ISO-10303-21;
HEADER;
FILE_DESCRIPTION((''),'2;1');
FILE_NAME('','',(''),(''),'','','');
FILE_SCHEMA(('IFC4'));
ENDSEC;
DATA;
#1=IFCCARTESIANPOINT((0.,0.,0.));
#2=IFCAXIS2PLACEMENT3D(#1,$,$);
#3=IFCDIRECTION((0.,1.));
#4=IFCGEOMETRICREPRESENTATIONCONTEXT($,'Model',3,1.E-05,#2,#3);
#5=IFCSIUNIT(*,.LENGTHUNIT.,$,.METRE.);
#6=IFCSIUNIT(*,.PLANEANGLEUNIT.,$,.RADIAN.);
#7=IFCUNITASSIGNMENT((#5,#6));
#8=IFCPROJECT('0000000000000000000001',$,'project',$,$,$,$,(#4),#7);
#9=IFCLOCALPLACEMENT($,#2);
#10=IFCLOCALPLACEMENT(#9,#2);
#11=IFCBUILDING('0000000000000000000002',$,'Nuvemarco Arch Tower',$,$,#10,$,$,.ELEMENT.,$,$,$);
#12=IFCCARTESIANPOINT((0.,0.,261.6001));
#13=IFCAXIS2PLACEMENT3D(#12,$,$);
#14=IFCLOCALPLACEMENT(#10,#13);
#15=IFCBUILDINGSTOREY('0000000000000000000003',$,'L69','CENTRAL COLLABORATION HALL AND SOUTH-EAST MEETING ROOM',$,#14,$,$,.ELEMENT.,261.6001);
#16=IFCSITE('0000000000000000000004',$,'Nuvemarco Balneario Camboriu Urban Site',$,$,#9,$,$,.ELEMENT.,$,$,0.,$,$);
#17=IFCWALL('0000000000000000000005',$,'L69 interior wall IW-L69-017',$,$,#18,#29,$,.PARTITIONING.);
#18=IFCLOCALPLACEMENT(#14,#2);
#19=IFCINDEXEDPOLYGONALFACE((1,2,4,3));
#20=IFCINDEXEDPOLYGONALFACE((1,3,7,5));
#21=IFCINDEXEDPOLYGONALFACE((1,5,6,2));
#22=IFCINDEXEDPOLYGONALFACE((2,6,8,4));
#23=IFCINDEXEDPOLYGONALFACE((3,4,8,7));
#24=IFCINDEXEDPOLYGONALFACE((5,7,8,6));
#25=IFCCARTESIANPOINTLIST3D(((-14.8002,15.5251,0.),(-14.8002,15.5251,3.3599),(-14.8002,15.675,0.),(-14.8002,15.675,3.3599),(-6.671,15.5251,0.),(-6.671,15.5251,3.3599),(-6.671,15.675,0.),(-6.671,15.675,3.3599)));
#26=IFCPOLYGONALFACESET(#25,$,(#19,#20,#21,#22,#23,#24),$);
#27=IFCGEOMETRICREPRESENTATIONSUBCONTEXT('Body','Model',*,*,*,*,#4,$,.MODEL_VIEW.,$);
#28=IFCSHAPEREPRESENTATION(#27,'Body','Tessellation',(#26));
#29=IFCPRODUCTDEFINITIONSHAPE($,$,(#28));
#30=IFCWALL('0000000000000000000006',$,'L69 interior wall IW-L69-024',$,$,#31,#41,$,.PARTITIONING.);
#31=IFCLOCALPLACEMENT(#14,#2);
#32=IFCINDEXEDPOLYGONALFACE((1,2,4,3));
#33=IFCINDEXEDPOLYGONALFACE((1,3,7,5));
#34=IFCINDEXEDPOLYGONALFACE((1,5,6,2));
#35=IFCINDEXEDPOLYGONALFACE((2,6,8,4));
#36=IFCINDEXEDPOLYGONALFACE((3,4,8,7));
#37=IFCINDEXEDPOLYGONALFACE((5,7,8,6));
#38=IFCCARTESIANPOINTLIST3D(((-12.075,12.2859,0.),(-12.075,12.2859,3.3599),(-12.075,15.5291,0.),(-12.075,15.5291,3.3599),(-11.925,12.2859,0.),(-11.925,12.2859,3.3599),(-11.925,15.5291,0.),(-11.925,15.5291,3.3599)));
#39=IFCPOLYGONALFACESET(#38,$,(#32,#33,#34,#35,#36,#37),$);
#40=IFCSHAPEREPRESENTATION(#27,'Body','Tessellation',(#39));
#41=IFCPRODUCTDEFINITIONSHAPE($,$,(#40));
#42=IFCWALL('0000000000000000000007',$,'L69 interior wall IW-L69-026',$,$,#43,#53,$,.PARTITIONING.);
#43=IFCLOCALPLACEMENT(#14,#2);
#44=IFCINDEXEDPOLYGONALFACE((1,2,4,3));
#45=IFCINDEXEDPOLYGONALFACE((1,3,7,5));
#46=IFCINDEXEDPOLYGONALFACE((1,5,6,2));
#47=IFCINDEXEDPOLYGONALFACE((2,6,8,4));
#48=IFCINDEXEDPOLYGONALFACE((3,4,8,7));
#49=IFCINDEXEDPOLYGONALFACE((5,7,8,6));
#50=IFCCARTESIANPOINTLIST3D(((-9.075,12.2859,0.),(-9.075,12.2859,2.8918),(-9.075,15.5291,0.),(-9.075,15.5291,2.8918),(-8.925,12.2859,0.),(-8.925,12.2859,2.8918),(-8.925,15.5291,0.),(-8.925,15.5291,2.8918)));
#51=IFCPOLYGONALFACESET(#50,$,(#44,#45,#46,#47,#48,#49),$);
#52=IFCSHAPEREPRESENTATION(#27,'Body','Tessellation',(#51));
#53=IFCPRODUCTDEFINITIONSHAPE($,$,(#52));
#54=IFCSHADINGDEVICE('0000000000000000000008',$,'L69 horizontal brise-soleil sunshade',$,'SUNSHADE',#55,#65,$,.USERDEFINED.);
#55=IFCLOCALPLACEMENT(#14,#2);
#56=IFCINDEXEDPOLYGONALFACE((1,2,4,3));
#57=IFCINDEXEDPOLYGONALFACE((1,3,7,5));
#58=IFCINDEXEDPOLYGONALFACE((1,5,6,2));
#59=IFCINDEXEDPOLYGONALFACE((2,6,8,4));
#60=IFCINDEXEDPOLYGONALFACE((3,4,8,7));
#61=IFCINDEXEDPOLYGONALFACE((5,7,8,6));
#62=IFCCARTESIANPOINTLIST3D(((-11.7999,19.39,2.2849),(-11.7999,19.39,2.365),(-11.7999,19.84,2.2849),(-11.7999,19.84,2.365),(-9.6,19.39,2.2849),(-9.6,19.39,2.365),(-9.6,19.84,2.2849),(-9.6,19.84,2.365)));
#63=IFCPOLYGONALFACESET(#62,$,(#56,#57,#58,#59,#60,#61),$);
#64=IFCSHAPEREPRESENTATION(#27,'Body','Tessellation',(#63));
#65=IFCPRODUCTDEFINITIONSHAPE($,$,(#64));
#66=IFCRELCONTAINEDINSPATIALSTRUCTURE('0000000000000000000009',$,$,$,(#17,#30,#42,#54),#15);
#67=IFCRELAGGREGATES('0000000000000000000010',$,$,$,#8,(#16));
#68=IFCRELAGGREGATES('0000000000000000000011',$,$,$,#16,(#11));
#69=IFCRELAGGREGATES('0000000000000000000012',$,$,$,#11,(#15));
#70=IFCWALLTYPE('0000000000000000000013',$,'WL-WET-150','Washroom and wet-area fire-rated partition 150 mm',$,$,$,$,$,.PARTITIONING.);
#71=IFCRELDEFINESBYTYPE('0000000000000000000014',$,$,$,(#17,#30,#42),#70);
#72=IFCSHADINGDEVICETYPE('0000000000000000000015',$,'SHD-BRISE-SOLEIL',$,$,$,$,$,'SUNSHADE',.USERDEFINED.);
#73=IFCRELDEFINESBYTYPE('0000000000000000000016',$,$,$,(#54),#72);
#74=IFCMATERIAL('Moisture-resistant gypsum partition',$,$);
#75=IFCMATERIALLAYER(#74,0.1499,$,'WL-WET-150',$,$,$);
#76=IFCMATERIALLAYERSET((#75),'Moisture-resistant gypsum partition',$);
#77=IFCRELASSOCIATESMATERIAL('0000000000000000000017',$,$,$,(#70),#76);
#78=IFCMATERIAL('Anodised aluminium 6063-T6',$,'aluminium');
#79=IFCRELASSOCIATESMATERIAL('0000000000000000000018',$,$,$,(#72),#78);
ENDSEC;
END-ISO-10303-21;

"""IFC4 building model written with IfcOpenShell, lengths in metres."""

from ifc_helpers import new_model, si_unit, direction, frame, frame_2d, origin, origin_2d, place, context, subcontext, project, spatial, rectangle, extrude, source, transform, mapped, material, layer, layer_set, type_object, type_shapes, element, save


model = new_model("IFC4")

# Units and contexts
model_context = context("Model", 3, precision=1e-05, world=origin(), true_north=direction((0.0, 1.0)))
body_context = subcontext(model_context, "Body", "Model", "MODEL_VIEW")
ifc_project = project(units=[si_unit("LENGTHUNIT", "METRE"), si_unit("PLANEANGLEUNIT", "RADIAN")], contexts=[model_context])

# Site, building, storey
site_placement = place(None, origin())
site = spatial("IfcSite", under=ifc_project, at=site_placement, Name="Nuvemarco Balneario Camboriu Urban Site", CompositionType="ELEMENT", RefElevation=0.0)
building_placement = place(site_placement, origin())
building = spatial("IfcBuilding", under=site, at=building_placement, Name="Nuvemarco Arch Tower", CompositionType="ELEMENT")
storey_placement = place(building_placement, frame((0.0, 0.0, 261.6001)))
storey = spatial("IfcBuildingStorey", under=building, at=storey_placement, Name="L69", Description="CENTRAL COLLABORATION HALL AND SOUTH-EAST MEETING ROOM", CompositionType="ELEMENT", Elevation=261.6001)

# Walls
ifc_material_1 = material(Name="Moisture-resistant gypsum partition")
ifc_layer_1 = layer(ifc_material_1, 0.1499, Name="WL-WET-150")
ifc_layer_set_1 = layer_set([ifc_layer_1], Name="Moisture-resistant gypsum partition")
wall_type_1 = type_object("IfcWallType", Name="WL-WET-150", Description="Washroom and wet-area fire-rated partition 150 mm", PredefinedType="PARTITIONING", material=ifc_layer_set_1)
wall_1_placement = place(storey_placement, frame((-14.8, 15.6001, 0.0), z_axis=(0.0, 0.0, 1.0), x_axis=(1.0, 0.0, 0.0)))
element("IfcWall", 1, at=wall_1_placement, inside=storey, type_object=wall_type_1, Name="L69 interior wall IW-L69-017", PredefinedType="PARTITIONING", context=body_context, shape_type="SweptSolid", body=[
    extrude(rectangle(XDim=8.1292, YDim=0.1499, at=frame_2d((4.0645, 0.0))), origin(), (0.0, 0.0, 1.0), 3.3599),
])
wall_2_placement = place(storey_placement, frame((-12.0, 12.2859, 0.0), z_axis=(0.0, 0.0, 1.0), x_axis=(0.0, 1.0, 0.0)))
element("IfcWall", 2, at=wall_2_placement, inside=storey, type_object=wall_type_1, Name="L69 interior wall IW-L69-024", PredefinedType="PARTITIONING", context=body_context, shape_type="SweptSolid", body=[
    extrude(rectangle(XDim=3.2432, YDim=0.1499, at=frame_2d((1.6216, 0.0))), origin(), (0.0, 0.0, 1.0), 3.3599),
])
wall_3_placement = place(storey_placement, frame((-9.0, 12.2859, 0.0), z_axis=(0.0, 0.0, 1.0), x_axis=(0.0, 1.0, 0.0)))
element("IfcWall", 3, at=wall_3_placement, inside=storey, type_object=wall_type_1, Name="L69 interior wall IW-L69-026", PredefinedType="PARTITIONING", context=body_context, shape_type="SweptSolid", body=[
    extrude(rectangle(XDim=3.2432, YDim=0.1499, at=frame_2d((1.6216, 0.0))), origin(), (0.0, 0.0, 1.0), 2.8918),
])

# Shading device
ifc_material_2 = material(Name="Anodised aluminium 6063-T6", Category="aluminium")
shading_device_type = type_object("IfcShadingDeviceType", Name="SHD-BRISE-SOLEIL", ElementType="SUNSHADE", PredefinedType="USERDEFINED", material=ifc_material_2)
shared_shape_1 = source(origin(), body_context, "Body", "SweptSolid", [
    extrude(rectangle(XDim=2.2, YDim=0.45, at=origin_2d()), origin(), (0.0, 0.0, 1.0), 0.0801),
])
type_shapes(shading_device_type, [shared_shape_1])
shading_device_placement = place(storey_placement, frame((-10.7, 19.615, 2.2849), z_axis=(0.0, 0.0, 1.0), x_axis=(1.0, 0.0, 0.0)))
element("IfcShadingDevice", 4, at=shading_device_placement, inside=storey, type_object=shading_device_type, Name="L69 horizontal brise-soleil sunshade", ObjectType="SUNSHADE", PredefinedType="USERDEFINED", context=body_context, shape_type="MappedRepresentation", body=[
    mapped(shared_shape_1, transform((0.0, 0.0, 0.0), scale=1.0)),
])

save(model, "model.ifc")
